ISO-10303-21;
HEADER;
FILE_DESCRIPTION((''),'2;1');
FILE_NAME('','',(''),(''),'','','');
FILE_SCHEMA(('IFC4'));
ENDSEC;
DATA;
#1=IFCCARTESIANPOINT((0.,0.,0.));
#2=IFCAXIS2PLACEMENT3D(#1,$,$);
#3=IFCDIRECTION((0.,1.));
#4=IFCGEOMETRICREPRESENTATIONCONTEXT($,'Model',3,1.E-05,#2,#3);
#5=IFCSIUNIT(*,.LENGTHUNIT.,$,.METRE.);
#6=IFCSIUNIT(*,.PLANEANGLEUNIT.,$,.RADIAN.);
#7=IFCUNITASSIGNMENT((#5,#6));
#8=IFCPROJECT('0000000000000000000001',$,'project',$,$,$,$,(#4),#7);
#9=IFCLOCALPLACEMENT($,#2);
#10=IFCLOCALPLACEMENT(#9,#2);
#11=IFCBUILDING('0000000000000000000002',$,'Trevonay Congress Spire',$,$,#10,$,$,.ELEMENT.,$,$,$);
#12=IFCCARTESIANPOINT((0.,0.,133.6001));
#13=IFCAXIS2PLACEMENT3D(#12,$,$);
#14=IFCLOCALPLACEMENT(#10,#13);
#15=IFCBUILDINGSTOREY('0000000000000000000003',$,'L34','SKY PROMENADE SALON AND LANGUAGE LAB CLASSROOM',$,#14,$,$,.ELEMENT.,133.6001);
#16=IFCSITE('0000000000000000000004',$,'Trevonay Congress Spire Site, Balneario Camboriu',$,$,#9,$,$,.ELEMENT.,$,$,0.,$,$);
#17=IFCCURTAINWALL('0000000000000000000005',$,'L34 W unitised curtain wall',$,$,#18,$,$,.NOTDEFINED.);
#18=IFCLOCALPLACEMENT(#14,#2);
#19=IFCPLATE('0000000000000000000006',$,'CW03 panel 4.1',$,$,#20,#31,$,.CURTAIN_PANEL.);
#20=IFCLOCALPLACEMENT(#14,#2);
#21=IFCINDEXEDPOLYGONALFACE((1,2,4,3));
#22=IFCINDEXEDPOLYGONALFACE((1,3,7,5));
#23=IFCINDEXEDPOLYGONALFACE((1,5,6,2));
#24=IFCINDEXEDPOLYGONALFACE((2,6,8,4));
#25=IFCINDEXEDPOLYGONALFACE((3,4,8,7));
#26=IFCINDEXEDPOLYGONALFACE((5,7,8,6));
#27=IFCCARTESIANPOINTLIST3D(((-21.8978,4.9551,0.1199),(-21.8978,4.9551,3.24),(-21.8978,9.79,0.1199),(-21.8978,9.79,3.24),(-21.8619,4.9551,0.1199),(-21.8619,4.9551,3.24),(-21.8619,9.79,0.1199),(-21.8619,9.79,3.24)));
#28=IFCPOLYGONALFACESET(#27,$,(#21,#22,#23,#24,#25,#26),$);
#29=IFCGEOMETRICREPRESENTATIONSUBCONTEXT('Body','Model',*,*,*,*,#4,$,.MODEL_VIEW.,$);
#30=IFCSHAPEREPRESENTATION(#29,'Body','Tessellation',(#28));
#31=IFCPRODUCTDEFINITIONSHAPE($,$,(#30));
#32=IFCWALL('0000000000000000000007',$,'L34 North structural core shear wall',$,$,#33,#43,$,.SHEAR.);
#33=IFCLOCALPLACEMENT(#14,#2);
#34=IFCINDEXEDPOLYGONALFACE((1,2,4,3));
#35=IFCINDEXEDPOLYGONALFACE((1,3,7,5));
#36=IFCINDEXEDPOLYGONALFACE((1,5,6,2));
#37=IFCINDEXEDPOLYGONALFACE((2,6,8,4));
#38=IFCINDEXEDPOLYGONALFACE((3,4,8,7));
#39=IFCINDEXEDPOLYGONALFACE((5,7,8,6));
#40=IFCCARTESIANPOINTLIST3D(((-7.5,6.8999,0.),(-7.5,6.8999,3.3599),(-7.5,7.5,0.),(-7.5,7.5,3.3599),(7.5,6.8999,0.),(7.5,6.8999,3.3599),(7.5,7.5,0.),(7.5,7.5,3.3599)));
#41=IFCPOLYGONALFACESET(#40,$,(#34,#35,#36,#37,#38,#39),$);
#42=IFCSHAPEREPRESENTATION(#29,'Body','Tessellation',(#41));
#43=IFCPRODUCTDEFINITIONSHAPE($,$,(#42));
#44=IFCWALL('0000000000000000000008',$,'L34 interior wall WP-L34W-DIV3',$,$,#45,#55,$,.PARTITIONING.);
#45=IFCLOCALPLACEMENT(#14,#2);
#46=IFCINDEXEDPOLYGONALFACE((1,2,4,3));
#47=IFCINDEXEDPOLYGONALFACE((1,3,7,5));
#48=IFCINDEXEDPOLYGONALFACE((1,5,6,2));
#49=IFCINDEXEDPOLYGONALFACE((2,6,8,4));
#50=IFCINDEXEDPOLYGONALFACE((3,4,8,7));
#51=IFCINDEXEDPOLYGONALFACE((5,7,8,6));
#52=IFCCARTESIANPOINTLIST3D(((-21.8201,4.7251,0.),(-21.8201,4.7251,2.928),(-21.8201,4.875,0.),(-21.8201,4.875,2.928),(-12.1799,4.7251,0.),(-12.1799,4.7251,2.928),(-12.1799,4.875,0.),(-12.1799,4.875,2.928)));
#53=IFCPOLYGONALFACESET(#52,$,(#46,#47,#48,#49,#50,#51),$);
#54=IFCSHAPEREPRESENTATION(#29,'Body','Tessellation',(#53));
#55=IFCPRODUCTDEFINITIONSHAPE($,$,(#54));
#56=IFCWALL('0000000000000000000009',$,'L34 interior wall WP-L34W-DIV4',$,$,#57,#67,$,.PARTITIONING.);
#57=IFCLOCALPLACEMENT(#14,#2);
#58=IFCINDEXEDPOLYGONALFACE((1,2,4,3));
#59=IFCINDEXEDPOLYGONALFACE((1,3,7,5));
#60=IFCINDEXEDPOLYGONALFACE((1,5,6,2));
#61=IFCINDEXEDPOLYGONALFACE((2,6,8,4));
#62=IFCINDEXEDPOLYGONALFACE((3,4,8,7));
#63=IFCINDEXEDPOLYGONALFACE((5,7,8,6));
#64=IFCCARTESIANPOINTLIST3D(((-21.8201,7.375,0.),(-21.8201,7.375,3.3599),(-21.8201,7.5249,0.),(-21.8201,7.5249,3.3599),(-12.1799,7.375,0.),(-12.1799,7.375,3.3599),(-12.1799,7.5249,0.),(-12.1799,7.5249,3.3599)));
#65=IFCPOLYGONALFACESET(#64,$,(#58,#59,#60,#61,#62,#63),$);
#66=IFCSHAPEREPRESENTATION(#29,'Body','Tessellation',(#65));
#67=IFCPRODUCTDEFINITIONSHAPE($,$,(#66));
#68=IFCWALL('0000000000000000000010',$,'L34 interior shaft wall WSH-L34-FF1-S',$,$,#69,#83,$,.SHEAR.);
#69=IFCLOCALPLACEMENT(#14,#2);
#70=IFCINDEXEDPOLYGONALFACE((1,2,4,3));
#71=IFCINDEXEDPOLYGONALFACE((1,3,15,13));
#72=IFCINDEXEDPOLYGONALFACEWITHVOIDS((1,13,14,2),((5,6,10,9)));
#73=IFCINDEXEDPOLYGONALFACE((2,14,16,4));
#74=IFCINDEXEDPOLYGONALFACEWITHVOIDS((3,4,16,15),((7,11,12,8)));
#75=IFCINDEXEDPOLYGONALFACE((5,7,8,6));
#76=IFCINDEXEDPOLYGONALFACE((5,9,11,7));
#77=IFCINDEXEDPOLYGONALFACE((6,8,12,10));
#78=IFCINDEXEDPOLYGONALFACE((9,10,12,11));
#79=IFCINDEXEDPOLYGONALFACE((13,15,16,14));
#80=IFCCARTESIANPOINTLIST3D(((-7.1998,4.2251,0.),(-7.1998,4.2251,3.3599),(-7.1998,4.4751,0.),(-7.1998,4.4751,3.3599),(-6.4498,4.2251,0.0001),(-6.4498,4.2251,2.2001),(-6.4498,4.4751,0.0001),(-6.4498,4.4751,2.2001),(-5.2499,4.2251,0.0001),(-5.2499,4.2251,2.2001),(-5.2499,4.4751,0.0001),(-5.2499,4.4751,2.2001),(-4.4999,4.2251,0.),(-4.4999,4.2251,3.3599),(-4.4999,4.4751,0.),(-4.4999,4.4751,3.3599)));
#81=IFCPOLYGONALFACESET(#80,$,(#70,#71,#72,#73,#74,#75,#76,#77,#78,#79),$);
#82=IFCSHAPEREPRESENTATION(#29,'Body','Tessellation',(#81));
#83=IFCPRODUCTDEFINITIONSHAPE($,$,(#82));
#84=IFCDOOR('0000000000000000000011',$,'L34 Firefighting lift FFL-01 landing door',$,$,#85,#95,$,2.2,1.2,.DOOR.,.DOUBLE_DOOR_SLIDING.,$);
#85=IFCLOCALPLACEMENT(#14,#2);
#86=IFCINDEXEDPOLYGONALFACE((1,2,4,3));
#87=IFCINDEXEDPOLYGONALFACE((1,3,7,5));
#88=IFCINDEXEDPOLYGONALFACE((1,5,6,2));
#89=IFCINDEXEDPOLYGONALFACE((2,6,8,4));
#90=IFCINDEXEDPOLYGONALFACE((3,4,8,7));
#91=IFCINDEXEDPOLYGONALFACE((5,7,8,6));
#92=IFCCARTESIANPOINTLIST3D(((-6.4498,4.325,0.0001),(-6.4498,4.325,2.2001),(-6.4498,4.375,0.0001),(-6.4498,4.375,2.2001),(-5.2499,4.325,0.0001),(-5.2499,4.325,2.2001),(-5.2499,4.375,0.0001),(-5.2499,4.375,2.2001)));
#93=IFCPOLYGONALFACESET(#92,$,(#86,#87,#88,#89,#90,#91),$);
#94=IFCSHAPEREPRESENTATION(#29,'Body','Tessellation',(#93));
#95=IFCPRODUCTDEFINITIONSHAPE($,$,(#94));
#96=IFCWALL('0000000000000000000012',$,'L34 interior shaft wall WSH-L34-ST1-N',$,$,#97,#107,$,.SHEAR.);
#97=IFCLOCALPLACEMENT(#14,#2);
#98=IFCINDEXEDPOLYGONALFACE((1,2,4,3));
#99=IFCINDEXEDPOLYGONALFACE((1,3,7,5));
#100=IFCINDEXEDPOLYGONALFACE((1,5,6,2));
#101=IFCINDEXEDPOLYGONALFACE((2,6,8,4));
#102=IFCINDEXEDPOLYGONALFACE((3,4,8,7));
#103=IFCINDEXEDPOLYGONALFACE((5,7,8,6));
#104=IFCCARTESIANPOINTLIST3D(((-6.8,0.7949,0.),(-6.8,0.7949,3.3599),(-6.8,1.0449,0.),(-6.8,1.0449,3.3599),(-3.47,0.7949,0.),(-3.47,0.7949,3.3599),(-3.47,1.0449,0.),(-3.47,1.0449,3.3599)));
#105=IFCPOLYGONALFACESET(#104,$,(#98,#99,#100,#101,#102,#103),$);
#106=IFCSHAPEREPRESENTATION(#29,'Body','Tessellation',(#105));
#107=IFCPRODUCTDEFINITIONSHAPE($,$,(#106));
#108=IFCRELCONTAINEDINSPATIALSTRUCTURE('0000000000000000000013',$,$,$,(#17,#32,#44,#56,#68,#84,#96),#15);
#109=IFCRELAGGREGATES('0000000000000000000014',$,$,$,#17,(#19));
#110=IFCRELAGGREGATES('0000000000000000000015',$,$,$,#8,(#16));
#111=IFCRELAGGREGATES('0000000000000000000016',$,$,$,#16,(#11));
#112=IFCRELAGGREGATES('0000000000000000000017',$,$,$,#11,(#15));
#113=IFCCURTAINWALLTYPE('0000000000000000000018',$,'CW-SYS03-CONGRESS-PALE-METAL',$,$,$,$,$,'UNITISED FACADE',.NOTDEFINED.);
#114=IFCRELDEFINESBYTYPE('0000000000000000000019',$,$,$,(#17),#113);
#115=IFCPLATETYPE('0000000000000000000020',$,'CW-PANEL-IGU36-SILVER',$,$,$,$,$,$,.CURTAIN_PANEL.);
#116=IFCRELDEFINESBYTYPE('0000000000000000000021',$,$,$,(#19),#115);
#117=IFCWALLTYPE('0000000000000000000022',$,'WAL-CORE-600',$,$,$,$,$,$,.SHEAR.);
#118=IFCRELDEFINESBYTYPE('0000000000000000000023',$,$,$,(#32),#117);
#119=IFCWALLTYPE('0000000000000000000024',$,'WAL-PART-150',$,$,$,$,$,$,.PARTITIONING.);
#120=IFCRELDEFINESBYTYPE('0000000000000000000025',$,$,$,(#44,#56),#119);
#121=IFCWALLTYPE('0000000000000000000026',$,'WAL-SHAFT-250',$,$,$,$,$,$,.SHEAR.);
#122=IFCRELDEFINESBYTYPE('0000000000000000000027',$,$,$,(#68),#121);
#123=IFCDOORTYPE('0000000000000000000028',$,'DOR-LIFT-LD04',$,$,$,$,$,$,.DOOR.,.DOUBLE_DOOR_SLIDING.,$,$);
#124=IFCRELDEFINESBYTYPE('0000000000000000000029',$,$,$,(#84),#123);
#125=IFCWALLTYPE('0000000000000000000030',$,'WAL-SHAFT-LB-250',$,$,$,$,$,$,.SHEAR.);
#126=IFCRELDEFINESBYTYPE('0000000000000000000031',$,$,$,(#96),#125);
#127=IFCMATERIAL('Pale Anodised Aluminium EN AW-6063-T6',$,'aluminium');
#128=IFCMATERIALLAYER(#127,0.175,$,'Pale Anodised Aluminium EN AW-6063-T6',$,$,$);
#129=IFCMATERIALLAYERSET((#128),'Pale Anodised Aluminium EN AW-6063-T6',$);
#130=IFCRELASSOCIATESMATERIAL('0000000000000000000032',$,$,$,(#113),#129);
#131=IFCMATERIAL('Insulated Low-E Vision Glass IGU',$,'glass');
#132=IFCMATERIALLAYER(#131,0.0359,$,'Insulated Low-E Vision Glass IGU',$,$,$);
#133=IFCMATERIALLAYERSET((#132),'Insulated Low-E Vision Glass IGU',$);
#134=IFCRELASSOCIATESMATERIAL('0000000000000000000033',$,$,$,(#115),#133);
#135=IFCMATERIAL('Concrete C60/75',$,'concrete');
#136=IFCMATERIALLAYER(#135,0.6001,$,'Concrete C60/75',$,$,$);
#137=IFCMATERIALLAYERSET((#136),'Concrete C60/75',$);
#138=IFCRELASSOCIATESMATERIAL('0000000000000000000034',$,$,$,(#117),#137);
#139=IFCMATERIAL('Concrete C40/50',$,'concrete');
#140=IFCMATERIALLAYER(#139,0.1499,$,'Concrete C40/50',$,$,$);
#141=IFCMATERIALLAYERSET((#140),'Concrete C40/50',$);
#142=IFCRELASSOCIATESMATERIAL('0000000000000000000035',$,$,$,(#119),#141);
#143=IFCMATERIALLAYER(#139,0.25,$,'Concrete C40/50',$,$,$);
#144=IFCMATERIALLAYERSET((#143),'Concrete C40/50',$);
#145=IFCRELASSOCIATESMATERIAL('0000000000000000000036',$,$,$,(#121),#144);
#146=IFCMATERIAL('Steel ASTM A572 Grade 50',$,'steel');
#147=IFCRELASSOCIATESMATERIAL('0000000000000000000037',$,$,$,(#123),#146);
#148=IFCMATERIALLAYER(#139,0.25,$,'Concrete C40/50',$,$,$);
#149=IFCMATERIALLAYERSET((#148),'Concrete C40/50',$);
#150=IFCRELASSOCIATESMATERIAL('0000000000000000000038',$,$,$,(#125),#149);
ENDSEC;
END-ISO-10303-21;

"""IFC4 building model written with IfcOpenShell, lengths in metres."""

from ifc_helpers import new_model, si_unit, direction, frame, frame_2d, origin, origin_2d, place, context, subcontext, project, spatial, rectangle, extrude, material, layer, layer_set, type_object, element, fill, aggregate, save


model = new_model("IFC4")

# Units and contexts
model_context = context("Model", 3, precision=1e-05, world=origin(), true_north=direction((0.0, 1.0)))
body_context = subcontext(model_context, "Body", "Model", "MODEL_VIEW")
ifc_project = project(units=[si_unit("LENGTHUNIT", "METRE"), si_unit("PLANEANGLEUNIT", "RADIAN")], contexts=[model_context])

# Site, building, storey
site_placement = place(None, origin())
site = spatial("IfcSite", under=ifc_project, at=site_placement, Name="Trevonay Congress Spire Site, Balneario Camboriu", CompositionType="ELEMENT", RefElevation=0.0)
building_placement = place(site_placement, origin())
building = spatial("IfcBuilding", under=site, at=building_placement, Name="Trevonay Congress Spire", CompositionType="ELEMENT")
storey_placement = place(building_placement, frame((0.0, 0.0, 133.6001)))
storey = spatial("IfcBuildingStorey", under=building, at=storey_placement, Name="L34", Description="SKY PROMENADE SALON AND LANGUAGE LAB CLASSROOM", CompositionType="ELEMENT", Elevation=133.6001)

# Shared definitions
ifc_material_1 = material(Name="Steel ASTM A572 Grade 50", Category="steel")

# Curtain wall
ifc_material_2 = material(Name="Pale Anodised Aluminium EN AW-6063-T6", Category="aluminium")
ifc_layer_1 = layer(ifc_material_2, 0.175, Name="Pale Anodised Aluminium EN AW-6063-T6")
ifc_layer_set_1 = layer_set([ifc_layer_1], Name="Pale Anodised Aluminium EN AW-6063-T6")
curtain_wall_type = type_object("IfcCurtainWallType", Name="CW-SYS03-CONGRESS-PALE-METAL", ElementType="UNITISED FACADE", PredefinedType="NOTDEFINED", material=ifc_layer_set_1)
curtain_wall_placement = place(storey_placement, origin())
curtain_wall = element("IfcCurtainWall", 1, at=curtain_wall_placement, inside=storey, type_object=curtain_wall_type, Name="L34 W unitised curtain wall", PredefinedType="NOTDEFINED")

# Plate
ifc_material_3 = material(Name="Insulated Low-E Vision Glass IGU", Category="glass")
ifc_layer_2 = layer(ifc_material_3, 0.0359, Name="Insulated Low-E Vision Glass IGU")
ifc_layer_set_2 = layer_set([ifc_layer_2], Name="Insulated Low-E Vision Glass IGU")
plate_type = type_object("IfcPlateType", Name="CW-PANEL-IGU36-SILVER", PredefinedType="CURTAIN_PANEL", material=ifc_layer_set_2)
plate_1_placement = place(storey_placement, frame((-21.8799, 7.3726, 0.1199), z_axis=(0.0, 0.0, 1.0), x_axis=(0.0, 1.0, 0.0)))
plate_1 = element("IfcPlate", 2, at=plate_1_placement, type_object=plate_type, Name="CW03 panel 4.1", PredefinedType="CURTAIN_PANEL", context=body_context, shape_type="SweptSolid", body=[
    extrude(rectangle(XDim=4.835, YDim=0.0359, at=origin_2d()), origin(), (0.0, 0.0, 1.0), 3.1201),
])
aggregate(curtain_wall, [plate_1])

# Walls
ifc_material_4 = material(Name="Concrete C60/75", Category="concrete")
ifc_layer_3 = layer(ifc_material_4, 0.6001, Name="Concrete C60/75")
ifc_layer_set_3 = layer_set([ifc_layer_3], Name="Concrete C60/75")
wall_type_1 = type_object("IfcWallType", Name="WAL-CORE-600", PredefinedType="SHEAR", material=ifc_layer_set_3)
wall_1_placement = place(storey_placement, frame((-7.5, 7.2, 0.0), z_axis=(0.0, 0.0, 1.0), x_axis=(1.0, 0.0, 0.0)))
element("IfcWall", 3, at=wall_1_placement, inside=storey, type_object=wall_type_1, Name="L34 North structural core shear wall", PredefinedType="SHEAR", context=body_context, shape_type="SweptSolid", body=[
    extrude(rectangle(XDim=15.0, YDim=0.6001, at=frame_2d((7.5, 0.0))), origin(), (0.0, 0.0, 1.0), 3.3599),
])
ifc_material_5 = material(Name="Concrete C40/50", Category="concrete")
ifc_layer_4 = layer(ifc_material_5, 0.1499, Name="Concrete C40/50")
ifc_layer_set_4 = layer_set([ifc_layer_4], Name="Concrete C40/50")
wall_type_2 = type_object("IfcWallType", Name="WAL-PART-150", PredefinedType="PARTITIONING", material=ifc_layer_set_4)
wall_2_placement = place(storey_placement, frame((-21.8201, 4.8, 0.0), z_axis=(0.0, 0.0, 1.0), x_axis=(1.0, 0.0, 0.0)))
element("IfcWall", 4, at=wall_2_placement, inside=storey, type_object=wall_type_2, Name="L34 interior wall WP-L34W-DIV3", PredefinedType="PARTITIONING", context=body_context, shape_type="SweptSolid", body=[
    extrude(rectangle(XDim=9.6401, YDim=0.1499, at=frame_2d((4.8201, 0.0))), origin(), (0.0, 0.0, 1.0), 2.928),
])
wall_3_placement = place(storey_placement, frame((-21.8201, 7.45, 0.0), z_axis=(0.0, 0.0, 1.0), x_axis=(1.0, 0.0, 0.0)))
element("IfcWall", 5, at=wall_3_placement, inside=storey, type_object=wall_type_2, Name="L34 interior wall WP-L34W-DIV4", PredefinedType="PARTITIONING", context=body_context, shape_type="SweptSolid", body=[
    extrude(rectangle(XDim=9.6401, YDim=0.1499, at=frame_2d((4.8201, 0.0))), origin(), (0.0, 0.0, 1.0), 3.3599),
])

# Wall, opening, door
ifc_layer_5 = layer(ifc_material_5, 0.25, Name="Concrete C40/50")
ifc_layer_set_5 = layer_set([ifc_layer_5], Name="Concrete C40/50")
wall_type_3 = type_object("IfcWallType", Name="WAL-SHAFT-250", PredefinedType="SHEAR", material=ifc_layer_set_5)
wall_4_placement = place(storey_placement, frame((-7.2, 4.3501, 0.0), z_axis=(0.0, 0.0, 1.0), x_axis=(1.0, 0.0, 0.0)))
wall_4 = element("IfcWall", 6, at=wall_4_placement, inside=storey, type_object=wall_type_3, Name="L34 interior shaft wall WSH-L34-FF1-S", PredefinedType="SHEAR", context=body_context, shape_type="SweptSolid", body=[
    extrude(rectangle(XDim=2.7, YDim=0.25, at=frame_2d((1.3501, 0.0))), origin(), (0.0, 0.0, 1.0), 3.3599),
])
opening_placement = place(wall_4_placement, frame((0.75, 0.0, 0.0)))
opening = element("IfcOpeningElement", 7, at=opening_placement, cuts=wall_4, PredefinedType="OPENING", context=body_context, shape_type="SweptSolid", body=[
    extrude(rectangle(XDim=1.2, YDim=2.2, at=frame_2d((0.6001, 1.1001))), frame((0.0, 0.135, 0.0), z_axis=(0.0, -1.0, 0.0), x_axis=(1.0, 0.0, 0.0)), (0.0, 0.0, 1.0), 0.27),
])
door_type = type_object("IfcDoorType", Name="DOR-LIFT-LD04", OperationType="DOUBLE_DOOR_SLIDING", PredefinedType="DOOR", material=ifc_material_1)
door_placement = place(opening_placement, origin())
door = element("IfcDoor", 8, at=door_placement, inside=storey, type_object=door_type, Name="L34 Firefighting lift FFL-01 landing door", OperationType="DOUBLE_DOOR_SLIDING", OverallHeight=2.2, OverallWidth=1.2, PredefinedType="DOOR", context=body_context, shape_type="SweptSolid", body=[
    extrude(rectangle(XDim=1.2, YDim=2.2, at=frame_2d((0.6001, 1.1001))), frame((0.0, 0.0249, 0.0), z_axis=(0.0, -1.0, 0.0), x_axis=(1.0, 0.0, 0.0)), (0.0, 0.0, 1.0), 0.05),
])
fill(opening, door)

# Wall
ifc_layer_6 = layer(ifc_material_5, 0.25, Name="Concrete C40/50")
ifc_layer_set_6 = layer_set([ifc_layer_6], Name="Concrete C40/50")
wall_type_4 = type_object("IfcWallType", Name="WAL-SHAFT-LB-250", PredefinedType="SHEAR", material=ifc_layer_set_6)
wall_5_placement = place(storey_placement, frame((-6.8, 0.9199, 0.0), z_axis=(0.0, 0.0, 1.0), x_axis=(1.0, 0.0, 0.0)))
element("IfcWall", 9, at=wall_5_placement, inside=storey, type_object=wall_type_4, Name="L34 interior shaft wall WSH-L34-ST1-N", PredefinedType="SHEAR", context=body_context, shape_type="SweptSolid", body=[
    extrude(rectangle(XDim=3.3301, YDim=0.25, at=frame_2d((1.665, 0.0))), origin(), (0.0, 0.0, 1.0), 3.3599),
])

save(model, "model.ifc")
